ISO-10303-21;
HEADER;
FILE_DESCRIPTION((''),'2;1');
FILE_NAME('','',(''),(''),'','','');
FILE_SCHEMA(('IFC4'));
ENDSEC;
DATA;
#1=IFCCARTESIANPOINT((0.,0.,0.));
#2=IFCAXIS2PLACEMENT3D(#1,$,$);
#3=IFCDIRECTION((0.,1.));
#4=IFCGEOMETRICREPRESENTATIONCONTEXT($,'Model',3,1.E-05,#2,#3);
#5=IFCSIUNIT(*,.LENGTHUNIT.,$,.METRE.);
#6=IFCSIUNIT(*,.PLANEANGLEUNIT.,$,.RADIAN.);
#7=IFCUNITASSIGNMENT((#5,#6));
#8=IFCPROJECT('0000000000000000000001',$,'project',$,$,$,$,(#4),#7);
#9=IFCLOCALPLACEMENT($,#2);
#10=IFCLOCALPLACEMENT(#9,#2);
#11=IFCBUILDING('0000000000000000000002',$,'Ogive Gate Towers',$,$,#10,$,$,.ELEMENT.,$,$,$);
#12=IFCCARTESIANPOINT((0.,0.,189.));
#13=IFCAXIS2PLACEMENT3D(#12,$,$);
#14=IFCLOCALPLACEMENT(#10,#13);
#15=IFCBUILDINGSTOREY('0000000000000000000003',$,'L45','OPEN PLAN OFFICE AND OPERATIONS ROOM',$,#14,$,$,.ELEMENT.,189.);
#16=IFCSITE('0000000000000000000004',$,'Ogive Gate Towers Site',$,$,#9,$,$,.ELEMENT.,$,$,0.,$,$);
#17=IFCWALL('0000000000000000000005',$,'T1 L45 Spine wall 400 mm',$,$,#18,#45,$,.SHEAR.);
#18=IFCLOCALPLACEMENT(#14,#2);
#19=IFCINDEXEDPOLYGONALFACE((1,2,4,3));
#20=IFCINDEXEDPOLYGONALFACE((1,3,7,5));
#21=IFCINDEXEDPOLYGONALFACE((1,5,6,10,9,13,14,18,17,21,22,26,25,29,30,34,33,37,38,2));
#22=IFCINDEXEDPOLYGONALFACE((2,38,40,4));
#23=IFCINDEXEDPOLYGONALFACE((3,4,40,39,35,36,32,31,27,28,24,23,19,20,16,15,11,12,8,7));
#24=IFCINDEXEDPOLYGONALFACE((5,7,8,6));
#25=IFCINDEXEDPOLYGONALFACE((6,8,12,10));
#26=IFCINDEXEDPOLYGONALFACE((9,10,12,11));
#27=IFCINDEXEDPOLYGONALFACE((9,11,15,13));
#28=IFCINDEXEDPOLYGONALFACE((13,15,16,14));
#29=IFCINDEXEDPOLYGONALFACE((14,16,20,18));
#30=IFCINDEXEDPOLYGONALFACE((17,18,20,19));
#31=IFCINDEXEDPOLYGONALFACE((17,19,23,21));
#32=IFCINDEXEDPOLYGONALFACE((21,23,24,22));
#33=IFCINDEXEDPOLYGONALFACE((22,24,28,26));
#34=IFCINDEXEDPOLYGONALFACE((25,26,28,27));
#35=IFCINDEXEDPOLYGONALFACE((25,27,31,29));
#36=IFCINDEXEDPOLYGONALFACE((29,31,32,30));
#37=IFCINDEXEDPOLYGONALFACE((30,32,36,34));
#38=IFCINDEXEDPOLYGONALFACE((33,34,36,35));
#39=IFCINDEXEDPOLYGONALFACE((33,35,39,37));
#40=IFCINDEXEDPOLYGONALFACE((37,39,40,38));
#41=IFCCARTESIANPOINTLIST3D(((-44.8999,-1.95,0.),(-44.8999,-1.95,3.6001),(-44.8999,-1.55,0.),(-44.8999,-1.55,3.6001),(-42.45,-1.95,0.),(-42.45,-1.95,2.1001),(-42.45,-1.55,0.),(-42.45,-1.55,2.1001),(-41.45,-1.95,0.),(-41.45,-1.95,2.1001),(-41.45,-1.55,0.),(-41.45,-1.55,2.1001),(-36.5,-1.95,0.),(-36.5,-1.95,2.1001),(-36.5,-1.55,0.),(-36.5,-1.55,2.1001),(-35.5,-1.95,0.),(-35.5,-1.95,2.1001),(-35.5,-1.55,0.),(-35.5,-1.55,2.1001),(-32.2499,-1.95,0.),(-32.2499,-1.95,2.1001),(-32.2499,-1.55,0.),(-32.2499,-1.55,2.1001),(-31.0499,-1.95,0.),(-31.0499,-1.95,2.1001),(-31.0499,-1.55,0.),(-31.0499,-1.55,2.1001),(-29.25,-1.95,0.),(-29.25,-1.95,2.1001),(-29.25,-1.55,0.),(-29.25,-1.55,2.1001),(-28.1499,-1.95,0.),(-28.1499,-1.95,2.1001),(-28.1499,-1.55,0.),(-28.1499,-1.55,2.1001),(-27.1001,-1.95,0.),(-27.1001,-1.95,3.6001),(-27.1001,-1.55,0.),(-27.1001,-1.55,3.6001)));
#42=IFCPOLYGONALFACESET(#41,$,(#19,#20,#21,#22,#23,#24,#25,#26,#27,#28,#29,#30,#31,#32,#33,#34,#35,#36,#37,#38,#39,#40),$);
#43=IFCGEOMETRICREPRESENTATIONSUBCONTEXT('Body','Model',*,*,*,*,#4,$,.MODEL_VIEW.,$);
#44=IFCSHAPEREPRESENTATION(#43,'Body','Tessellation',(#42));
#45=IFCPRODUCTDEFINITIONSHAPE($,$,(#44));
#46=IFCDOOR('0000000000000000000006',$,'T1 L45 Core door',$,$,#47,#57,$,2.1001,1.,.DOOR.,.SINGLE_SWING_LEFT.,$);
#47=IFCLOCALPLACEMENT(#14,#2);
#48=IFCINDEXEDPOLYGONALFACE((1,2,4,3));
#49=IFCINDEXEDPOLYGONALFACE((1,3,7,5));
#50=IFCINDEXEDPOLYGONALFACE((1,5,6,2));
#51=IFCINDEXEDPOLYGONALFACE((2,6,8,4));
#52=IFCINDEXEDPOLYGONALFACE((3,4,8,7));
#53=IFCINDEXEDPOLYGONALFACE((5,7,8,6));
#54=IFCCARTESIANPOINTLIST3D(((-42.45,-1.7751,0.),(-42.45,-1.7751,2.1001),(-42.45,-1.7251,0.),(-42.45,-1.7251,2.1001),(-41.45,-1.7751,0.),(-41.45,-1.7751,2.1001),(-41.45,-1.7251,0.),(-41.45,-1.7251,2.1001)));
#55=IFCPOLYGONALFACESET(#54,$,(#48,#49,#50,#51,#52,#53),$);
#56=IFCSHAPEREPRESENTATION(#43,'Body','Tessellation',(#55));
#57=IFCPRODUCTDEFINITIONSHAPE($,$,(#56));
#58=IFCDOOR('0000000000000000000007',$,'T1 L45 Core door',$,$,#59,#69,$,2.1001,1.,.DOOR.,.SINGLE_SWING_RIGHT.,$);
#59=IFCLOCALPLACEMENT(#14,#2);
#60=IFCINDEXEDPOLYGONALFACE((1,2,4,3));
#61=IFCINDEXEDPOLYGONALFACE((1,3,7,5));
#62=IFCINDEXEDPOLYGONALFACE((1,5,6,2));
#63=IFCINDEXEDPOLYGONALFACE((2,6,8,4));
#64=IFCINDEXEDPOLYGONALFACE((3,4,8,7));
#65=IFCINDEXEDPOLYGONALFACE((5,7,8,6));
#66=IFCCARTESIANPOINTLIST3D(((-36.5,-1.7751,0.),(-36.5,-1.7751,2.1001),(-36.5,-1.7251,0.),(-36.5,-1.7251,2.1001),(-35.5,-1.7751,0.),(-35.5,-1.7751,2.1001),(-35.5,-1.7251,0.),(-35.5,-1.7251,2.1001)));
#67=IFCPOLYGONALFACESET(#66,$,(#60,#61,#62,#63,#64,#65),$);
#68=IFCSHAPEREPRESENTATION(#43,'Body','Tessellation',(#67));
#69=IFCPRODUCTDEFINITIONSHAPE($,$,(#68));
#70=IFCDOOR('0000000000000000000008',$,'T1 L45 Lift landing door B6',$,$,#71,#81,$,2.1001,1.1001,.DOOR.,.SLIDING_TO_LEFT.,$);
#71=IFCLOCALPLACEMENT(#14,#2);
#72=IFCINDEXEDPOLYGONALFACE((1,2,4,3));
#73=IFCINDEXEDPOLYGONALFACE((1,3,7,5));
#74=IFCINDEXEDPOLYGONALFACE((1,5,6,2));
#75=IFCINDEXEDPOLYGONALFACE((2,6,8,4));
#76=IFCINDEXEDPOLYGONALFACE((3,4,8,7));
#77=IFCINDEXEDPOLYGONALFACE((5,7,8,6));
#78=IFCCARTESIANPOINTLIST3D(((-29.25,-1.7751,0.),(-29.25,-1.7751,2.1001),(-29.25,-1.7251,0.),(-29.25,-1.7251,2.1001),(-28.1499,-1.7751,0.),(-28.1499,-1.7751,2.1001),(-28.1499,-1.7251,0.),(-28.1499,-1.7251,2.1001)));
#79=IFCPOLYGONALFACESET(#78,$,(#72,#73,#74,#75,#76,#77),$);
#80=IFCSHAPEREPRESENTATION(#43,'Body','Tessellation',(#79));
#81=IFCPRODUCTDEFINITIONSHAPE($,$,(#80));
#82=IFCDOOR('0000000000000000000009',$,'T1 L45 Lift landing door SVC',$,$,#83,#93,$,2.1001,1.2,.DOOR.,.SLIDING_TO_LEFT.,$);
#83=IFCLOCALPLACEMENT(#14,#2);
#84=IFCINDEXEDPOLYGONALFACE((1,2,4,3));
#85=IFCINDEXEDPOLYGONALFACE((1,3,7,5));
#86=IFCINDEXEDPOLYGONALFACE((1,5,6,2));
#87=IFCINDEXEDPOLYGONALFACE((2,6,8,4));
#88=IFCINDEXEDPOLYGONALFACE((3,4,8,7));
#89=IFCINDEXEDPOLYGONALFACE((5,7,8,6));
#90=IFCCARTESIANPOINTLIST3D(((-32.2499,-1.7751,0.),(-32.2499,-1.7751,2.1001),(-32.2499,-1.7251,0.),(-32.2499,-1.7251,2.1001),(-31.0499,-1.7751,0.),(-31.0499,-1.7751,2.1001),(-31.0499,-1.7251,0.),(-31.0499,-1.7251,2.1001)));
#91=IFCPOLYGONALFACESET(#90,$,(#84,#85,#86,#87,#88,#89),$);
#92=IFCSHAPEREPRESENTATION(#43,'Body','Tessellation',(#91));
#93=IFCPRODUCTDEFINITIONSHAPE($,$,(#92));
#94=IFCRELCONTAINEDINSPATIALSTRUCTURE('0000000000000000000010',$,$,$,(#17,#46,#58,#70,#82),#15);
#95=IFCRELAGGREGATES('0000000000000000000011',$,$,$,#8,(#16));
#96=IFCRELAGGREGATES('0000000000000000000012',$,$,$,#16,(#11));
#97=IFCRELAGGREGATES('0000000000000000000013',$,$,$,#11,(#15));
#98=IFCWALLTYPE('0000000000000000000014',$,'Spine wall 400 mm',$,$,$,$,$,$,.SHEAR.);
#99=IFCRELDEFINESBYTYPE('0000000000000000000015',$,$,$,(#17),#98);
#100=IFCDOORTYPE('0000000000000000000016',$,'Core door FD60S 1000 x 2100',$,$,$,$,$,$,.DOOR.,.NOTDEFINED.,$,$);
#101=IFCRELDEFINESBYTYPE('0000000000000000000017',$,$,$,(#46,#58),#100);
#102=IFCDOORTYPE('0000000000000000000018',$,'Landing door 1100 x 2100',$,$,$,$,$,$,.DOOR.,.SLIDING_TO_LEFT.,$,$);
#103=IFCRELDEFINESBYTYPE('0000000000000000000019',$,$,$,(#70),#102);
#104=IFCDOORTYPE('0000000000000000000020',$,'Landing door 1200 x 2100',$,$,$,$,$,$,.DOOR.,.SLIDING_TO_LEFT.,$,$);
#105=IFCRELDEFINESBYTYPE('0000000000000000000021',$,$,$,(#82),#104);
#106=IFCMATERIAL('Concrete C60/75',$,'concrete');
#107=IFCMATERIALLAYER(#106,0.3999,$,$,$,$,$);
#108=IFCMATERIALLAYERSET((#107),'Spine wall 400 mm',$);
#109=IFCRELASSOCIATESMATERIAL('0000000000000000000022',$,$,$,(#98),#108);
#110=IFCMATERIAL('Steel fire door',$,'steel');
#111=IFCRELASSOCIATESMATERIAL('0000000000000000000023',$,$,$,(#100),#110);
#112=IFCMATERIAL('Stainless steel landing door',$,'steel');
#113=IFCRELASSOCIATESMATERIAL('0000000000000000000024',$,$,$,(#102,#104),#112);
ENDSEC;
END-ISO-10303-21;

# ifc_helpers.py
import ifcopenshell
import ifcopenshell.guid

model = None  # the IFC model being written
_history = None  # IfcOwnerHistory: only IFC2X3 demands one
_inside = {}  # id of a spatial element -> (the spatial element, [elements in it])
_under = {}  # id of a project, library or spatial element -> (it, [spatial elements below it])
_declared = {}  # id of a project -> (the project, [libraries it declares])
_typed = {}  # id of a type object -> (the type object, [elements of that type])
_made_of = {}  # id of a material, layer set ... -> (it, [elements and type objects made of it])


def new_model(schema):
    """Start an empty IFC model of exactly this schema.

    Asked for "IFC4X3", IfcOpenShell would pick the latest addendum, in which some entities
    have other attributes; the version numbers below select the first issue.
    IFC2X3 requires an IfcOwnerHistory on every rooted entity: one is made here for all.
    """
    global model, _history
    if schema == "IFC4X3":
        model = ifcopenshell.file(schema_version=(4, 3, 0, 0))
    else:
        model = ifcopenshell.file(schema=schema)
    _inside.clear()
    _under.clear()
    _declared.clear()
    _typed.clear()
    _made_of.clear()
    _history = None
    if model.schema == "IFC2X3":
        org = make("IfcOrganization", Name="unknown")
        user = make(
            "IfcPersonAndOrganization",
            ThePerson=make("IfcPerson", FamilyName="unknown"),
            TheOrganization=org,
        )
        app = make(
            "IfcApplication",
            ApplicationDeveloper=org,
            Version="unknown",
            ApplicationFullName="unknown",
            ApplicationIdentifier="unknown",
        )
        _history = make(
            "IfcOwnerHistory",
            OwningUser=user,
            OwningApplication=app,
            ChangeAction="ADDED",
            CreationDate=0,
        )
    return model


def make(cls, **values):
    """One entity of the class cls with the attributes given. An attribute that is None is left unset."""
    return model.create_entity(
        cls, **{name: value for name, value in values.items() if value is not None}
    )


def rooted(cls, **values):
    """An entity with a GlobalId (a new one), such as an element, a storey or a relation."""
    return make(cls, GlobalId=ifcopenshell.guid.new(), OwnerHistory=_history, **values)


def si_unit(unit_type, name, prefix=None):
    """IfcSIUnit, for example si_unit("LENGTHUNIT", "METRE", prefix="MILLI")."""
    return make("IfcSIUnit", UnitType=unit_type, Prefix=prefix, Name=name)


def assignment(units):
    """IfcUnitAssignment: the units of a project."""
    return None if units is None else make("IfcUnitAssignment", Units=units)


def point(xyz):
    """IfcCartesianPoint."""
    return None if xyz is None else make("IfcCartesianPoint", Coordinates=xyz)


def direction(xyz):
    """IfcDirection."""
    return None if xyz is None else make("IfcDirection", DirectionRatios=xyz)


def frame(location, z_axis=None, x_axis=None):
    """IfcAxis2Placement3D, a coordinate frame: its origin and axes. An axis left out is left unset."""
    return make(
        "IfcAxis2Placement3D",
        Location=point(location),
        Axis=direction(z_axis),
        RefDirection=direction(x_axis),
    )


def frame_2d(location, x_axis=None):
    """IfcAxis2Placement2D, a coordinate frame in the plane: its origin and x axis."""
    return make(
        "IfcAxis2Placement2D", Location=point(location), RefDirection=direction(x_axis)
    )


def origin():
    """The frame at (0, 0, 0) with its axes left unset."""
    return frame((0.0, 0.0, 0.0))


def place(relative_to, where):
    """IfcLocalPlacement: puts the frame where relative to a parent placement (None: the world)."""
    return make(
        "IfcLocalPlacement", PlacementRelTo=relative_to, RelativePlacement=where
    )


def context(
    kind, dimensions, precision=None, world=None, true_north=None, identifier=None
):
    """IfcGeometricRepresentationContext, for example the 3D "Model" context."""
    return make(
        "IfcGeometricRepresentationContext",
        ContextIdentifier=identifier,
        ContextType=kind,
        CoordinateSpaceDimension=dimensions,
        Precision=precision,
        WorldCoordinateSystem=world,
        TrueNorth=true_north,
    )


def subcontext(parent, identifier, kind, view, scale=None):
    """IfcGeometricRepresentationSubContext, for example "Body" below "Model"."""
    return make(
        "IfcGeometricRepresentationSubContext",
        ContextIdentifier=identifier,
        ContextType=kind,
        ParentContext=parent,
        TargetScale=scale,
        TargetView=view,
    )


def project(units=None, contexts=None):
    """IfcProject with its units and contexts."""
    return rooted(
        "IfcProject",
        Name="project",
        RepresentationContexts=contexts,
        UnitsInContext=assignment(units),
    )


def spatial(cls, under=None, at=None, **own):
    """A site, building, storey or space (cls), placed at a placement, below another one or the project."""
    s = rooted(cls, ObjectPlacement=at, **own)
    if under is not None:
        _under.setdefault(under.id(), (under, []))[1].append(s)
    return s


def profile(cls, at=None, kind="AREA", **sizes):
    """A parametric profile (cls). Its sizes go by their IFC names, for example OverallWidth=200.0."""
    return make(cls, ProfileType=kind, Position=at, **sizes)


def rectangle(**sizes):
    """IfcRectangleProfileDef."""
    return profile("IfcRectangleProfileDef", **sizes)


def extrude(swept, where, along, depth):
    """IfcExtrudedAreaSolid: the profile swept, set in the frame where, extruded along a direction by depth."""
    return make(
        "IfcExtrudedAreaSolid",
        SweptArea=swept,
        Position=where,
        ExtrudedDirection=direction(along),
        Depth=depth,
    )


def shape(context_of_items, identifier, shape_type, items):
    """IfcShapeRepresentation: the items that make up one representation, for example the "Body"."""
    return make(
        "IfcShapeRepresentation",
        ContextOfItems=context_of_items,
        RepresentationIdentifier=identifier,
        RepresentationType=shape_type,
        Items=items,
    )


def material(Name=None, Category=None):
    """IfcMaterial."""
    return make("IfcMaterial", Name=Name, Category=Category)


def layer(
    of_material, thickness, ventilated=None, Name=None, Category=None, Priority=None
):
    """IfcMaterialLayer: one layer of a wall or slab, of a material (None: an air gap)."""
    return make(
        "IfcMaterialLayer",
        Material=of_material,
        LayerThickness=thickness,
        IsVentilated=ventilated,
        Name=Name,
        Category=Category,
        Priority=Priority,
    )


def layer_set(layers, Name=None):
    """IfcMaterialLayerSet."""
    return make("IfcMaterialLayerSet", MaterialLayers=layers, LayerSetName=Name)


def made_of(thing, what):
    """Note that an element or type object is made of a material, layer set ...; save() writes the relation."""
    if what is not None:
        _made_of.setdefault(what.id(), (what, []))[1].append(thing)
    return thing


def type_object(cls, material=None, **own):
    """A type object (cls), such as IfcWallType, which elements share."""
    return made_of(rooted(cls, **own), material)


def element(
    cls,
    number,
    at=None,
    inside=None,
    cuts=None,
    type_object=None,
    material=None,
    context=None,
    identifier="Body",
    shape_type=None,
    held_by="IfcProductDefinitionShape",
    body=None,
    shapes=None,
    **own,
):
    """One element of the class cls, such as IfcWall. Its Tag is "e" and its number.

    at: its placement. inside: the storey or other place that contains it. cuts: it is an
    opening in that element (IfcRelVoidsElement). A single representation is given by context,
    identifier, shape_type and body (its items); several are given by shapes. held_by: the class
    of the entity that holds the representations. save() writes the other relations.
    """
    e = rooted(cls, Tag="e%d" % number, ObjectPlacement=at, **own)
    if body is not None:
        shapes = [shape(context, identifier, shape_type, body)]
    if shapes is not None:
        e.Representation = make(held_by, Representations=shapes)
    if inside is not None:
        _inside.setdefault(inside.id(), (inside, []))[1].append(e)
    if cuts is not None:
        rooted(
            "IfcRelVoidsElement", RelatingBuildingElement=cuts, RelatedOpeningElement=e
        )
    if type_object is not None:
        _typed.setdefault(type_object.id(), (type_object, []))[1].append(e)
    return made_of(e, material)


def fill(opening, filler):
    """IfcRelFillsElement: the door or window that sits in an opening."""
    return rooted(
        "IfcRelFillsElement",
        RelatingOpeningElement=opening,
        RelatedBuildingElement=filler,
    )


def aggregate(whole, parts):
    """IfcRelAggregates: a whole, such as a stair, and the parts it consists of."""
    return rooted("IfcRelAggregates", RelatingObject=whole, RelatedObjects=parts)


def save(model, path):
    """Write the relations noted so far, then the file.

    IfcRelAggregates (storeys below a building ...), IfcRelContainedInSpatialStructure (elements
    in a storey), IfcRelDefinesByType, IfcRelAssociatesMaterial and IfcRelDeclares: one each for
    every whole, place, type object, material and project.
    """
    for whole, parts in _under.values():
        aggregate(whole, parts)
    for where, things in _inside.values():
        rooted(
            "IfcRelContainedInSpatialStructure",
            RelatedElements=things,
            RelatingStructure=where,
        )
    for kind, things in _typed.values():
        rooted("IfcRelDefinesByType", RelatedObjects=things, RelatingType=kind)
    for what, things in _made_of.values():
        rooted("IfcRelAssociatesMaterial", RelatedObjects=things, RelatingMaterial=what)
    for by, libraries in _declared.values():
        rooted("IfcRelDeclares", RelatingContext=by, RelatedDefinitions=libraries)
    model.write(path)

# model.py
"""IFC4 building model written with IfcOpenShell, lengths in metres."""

from ifc_helpers import new_model, si_unit, direction, frame, frame_2d, origin, place, context, subcontext, project, spatial, rectangle, extrude, material, layer, layer_set, type_object, element, fill, save


model = new_model("IFC4")

# Units and contexts
model_context = context("Model", 3, precision=1e-05, world=origin(), true_north=direction((0.0, 1.0)))
body_context = subcontext(model_context, "Body", "Model", "MODEL_VIEW")
ifc_project = project(units=[si_unit("LENGTHUNIT", "METRE"), si_unit("PLANEANGLEUNIT", "RADIAN")], contexts=[model_context])

# Site, building, storey
site_placement = place(None, origin())
site = spatial("IfcSite", under=ifc_project, at=site_placement, Name="Ogive Gate Towers Site", CompositionType="ELEMENT", RefElevation=0.0)
building_placement = place(site_placement, origin())
building = spatial("IfcBuilding", under=site, at=building_placement, Name="Ogive Gate Towers", CompositionType="ELEMENT")
storey_placement = place(building_placement, frame((0.0, 0.0, 189.0)))
storey = spatial("IfcBuildingStorey", under=building, at=storey_placement, Name="L45", Description="OPEN PLAN OFFICE AND OPERATIONS ROOM", CompositionType="ELEMENT", Elevation=189.0)

# Shared definitions
ifc_material_1 = material(Name="Concrete C60/75", Category="concrete")

# Wall, openings, doors
ifc_layer_1 = layer(ifc_material_1, 0.3999)
ifc_layer_set_1 = layer_set([ifc_layer_1], Name="Spine wall 400 mm")
wall_type_1 = type_object("IfcWallType", Name="Spine wall 400 mm", PredefinedType="SHEAR", material=ifc_layer_set_1)
wall_1_placement = place(storey_placement, frame((-44.8999, -1.75, 0.0), z_axis=(0.0, 0.0, 1.0), x_axis=(1.0, 0.0, 0.0)))
wall_1 = element("IfcWall", 1, at=wall_1_placement, inside=storey, type_object=wall_type_1, Name="T1 L45 Spine wall 400 mm", PredefinedType="SHEAR", context=body_context, shape_type="SweptSolid", body=[
    extrude(rectangle(XDim=17.7998, YDim=0.3999, at=frame_2d((8.8999, 0.0))), origin(), (0.0, 0.0, 1.0), 3.6001),
])
opening_1_placement = place(wall_1_placement, frame((12.6499, 0.0, 0.0)))
opening_1 = element("IfcOpeningElement", 2, at=opening_1_placement, cuts=wall_1, PredefinedType="OPENING", context=body_context, shape_type="SweptSolid", body=[
    extrude(rectangle(XDim=1.2, YDim=2.1001, at=frame_2d((0.6001, 1.05))), frame((0.0, 0.21, 0.0), z_axis=(0.0, -1.0, 0.0), x_axis=(1.0, 0.0, 0.0)), (0.0, 0.0, 1.0), 0.4199),
])
opening_2_placement = place(wall_1_placement, frame((15.6499, 0.0, 0.0)))
opening_2 = element("IfcOpeningElement", 3, at=opening_2_placement, cuts=wall_1, PredefinedType="OPENING", context=body_context, shape_type="SweptSolid", body=[
    extrude(rectangle(XDim=1.1001, YDim=2.1001, at=frame_2d((0.55, 1.05))), frame((0.0, 0.21, 0.0), z_axis=(0.0, -1.0, 0.0), x_axis=(1.0, 0.0, 0.0)), (0.0, 0.0, 1.0), 0.4199),
])
opening_3_placement = place(wall_1_placement, frame((2.45, 0.0, 0.0)))
opening_3 = element("IfcOpeningElement", 4, at=opening_3_placement, cuts=wall_1, PredefinedType="OPENING", context=body_context, shape_type="SweptSolid", body=[
    extrude(rectangle(XDim=1.0, YDim=2.1001, at=frame_2d((0.5, 1.05))), frame((0.0, 0.21, 0.0), z_axis=(0.0, -1.0, 0.0), x_axis=(1.0, 0.0, 0.0)), (0.0, 0.0, 1.0), 0.4199),
])
opening_4_placement = place(wall_1_placement, frame((8.3999, 0.0, 0.0)))
opening_4 = element("IfcOpeningElement", 5, at=opening_4_placement, cuts=wall_1, PredefinedType="OPENING", context=body_context, shape_type="SweptSolid", body=[
    extrude(rectangle(XDim=1.0, YDim=2.1001, at=frame_2d((0.5, 1.05))), frame((0.0, 0.21, 0.0), z_axis=(0.0, -1.0, 0.0), x_axis=(1.0, 0.0, 0.0)), (0.0, 0.0, 1.0), 0.4199),
])
ifc_material_2 = material(Name="Steel fire door", Category="steel")
door_type_1 = type_object("IfcDoorType", Name="Core door FD60S 1000 x 2100", OperationType="NOTDEFINED", PredefinedType="DOOR", material=ifc_material_2)
door_1_placement = place(opening_3_placement, origin())
door_1 = element("IfcDoor", 6, at=door_1_placement, inside=storey, type_object=door_type_1, Name="T1 L45 Core door", OperationType="SINGLE_SWING_LEFT", OverallHeight=2.1001, OverallWidth=1.0, PredefinedType="DOOR", context=body_context, shape_type="SweptSolid", body=[
    extrude(rectangle(XDim=1.0, YDim=2.1001, at=frame_2d((0.5, 1.05))), frame((0.0, 0.0249, 0.0), z_axis=(0.0, -1.0, 0.0), x_axis=(1.0, 0.0, 0.0)), (0.0, 0.0, 1.0), 0.05),
])
fill(opening_3, door_1)
door_2_placement = place(opening_4_placement, origin())
door_2 = element("IfcDoor", 7, at=door_2_placement, inside=storey, type_object=door_type_1, Name="T1 L45 Core door", OperationType="SINGLE_SWING_RIGHT", OverallHeight=2.1001, OverallWidth=1.0, PredefinedType="DOOR", context=body_context, shape_type="SweptSolid", body=[
    extrude(rectangle(XDim=1.0, YDim=2.1001, at=frame_2d((0.5, 1.05))), frame((0.0, 0.0249, 0.0), z_axis=(0.0, -1.0, 0.0), x_axis=(1.0, 0.0, 0.0)), (0.0, 0.0, 1.0), 0.05),
])
fill(opening_4, door_2)
ifc_material_3 = material(Name="Stainless steel landing door", Category="steel")
door_type_2 = type_object("IfcDoorType", Name="Landing door 1100 x 2100", OperationType="SLIDING_TO_LEFT", PredefinedType="DOOR", material=ifc_material_3)
door_3_placement = place(opening_2_placement, origin())
door_3 = element("IfcDoor", 8, at=door_3_placement, inside=storey, type_object=door_type_2, Name="T1 L45 Lift landing door B6", OperationType="SLIDING_TO_LEFT", OverallHeight=2.1001, OverallWidth=1.1001, PredefinedType="DOOR", context=body_context, shape_type="SweptSolid", body=[
    extrude(rectangle(XDim=1.1001, YDim=2.1001, at=frame_2d((0.55, 1.05))), frame((0.0, 0.0249, 0.0), z_axis=(0.0, -1.0, 0.0), x_axis=(1.0, 0.0, 0.0)), (0.0, 0.0, 1.0), 0.05),
])
fill(opening_2, door_3)
door_type_3 = type_object("IfcDoorType", Name="Landing door 1200 x 2100", OperationType="SLIDING_TO_LEFT", PredefinedType="DOOR", material=ifc_material_3)
door_4_placement = place(opening_1_placement, origin())
door_4 = element("IfcDoor", 9, at=door_4_placement, inside=storey, type_object=door_type_3, Name="T1 L45 Lift landing door SVC", OperationType="SLIDING_TO_LEFT", OverallHeight=2.1001, OverallWidth=1.2, PredefinedType="DOOR", context=body_context, shape_type="SweptSolid", body=[
    extrude(rectangle(XDim=1.2, YDim=2.1001, at=frame_2d((0.6001, 1.05))), frame((0.0, 0.0249, 0.0), z_axis=(0.0, -1.0, 0.0), x_axis=(1.0, 0.0, 0.0)), (0.0, 0.0, 1.0), 0.05),
])
fill(opening_1, door_4)

save(model, "model.ifc")
